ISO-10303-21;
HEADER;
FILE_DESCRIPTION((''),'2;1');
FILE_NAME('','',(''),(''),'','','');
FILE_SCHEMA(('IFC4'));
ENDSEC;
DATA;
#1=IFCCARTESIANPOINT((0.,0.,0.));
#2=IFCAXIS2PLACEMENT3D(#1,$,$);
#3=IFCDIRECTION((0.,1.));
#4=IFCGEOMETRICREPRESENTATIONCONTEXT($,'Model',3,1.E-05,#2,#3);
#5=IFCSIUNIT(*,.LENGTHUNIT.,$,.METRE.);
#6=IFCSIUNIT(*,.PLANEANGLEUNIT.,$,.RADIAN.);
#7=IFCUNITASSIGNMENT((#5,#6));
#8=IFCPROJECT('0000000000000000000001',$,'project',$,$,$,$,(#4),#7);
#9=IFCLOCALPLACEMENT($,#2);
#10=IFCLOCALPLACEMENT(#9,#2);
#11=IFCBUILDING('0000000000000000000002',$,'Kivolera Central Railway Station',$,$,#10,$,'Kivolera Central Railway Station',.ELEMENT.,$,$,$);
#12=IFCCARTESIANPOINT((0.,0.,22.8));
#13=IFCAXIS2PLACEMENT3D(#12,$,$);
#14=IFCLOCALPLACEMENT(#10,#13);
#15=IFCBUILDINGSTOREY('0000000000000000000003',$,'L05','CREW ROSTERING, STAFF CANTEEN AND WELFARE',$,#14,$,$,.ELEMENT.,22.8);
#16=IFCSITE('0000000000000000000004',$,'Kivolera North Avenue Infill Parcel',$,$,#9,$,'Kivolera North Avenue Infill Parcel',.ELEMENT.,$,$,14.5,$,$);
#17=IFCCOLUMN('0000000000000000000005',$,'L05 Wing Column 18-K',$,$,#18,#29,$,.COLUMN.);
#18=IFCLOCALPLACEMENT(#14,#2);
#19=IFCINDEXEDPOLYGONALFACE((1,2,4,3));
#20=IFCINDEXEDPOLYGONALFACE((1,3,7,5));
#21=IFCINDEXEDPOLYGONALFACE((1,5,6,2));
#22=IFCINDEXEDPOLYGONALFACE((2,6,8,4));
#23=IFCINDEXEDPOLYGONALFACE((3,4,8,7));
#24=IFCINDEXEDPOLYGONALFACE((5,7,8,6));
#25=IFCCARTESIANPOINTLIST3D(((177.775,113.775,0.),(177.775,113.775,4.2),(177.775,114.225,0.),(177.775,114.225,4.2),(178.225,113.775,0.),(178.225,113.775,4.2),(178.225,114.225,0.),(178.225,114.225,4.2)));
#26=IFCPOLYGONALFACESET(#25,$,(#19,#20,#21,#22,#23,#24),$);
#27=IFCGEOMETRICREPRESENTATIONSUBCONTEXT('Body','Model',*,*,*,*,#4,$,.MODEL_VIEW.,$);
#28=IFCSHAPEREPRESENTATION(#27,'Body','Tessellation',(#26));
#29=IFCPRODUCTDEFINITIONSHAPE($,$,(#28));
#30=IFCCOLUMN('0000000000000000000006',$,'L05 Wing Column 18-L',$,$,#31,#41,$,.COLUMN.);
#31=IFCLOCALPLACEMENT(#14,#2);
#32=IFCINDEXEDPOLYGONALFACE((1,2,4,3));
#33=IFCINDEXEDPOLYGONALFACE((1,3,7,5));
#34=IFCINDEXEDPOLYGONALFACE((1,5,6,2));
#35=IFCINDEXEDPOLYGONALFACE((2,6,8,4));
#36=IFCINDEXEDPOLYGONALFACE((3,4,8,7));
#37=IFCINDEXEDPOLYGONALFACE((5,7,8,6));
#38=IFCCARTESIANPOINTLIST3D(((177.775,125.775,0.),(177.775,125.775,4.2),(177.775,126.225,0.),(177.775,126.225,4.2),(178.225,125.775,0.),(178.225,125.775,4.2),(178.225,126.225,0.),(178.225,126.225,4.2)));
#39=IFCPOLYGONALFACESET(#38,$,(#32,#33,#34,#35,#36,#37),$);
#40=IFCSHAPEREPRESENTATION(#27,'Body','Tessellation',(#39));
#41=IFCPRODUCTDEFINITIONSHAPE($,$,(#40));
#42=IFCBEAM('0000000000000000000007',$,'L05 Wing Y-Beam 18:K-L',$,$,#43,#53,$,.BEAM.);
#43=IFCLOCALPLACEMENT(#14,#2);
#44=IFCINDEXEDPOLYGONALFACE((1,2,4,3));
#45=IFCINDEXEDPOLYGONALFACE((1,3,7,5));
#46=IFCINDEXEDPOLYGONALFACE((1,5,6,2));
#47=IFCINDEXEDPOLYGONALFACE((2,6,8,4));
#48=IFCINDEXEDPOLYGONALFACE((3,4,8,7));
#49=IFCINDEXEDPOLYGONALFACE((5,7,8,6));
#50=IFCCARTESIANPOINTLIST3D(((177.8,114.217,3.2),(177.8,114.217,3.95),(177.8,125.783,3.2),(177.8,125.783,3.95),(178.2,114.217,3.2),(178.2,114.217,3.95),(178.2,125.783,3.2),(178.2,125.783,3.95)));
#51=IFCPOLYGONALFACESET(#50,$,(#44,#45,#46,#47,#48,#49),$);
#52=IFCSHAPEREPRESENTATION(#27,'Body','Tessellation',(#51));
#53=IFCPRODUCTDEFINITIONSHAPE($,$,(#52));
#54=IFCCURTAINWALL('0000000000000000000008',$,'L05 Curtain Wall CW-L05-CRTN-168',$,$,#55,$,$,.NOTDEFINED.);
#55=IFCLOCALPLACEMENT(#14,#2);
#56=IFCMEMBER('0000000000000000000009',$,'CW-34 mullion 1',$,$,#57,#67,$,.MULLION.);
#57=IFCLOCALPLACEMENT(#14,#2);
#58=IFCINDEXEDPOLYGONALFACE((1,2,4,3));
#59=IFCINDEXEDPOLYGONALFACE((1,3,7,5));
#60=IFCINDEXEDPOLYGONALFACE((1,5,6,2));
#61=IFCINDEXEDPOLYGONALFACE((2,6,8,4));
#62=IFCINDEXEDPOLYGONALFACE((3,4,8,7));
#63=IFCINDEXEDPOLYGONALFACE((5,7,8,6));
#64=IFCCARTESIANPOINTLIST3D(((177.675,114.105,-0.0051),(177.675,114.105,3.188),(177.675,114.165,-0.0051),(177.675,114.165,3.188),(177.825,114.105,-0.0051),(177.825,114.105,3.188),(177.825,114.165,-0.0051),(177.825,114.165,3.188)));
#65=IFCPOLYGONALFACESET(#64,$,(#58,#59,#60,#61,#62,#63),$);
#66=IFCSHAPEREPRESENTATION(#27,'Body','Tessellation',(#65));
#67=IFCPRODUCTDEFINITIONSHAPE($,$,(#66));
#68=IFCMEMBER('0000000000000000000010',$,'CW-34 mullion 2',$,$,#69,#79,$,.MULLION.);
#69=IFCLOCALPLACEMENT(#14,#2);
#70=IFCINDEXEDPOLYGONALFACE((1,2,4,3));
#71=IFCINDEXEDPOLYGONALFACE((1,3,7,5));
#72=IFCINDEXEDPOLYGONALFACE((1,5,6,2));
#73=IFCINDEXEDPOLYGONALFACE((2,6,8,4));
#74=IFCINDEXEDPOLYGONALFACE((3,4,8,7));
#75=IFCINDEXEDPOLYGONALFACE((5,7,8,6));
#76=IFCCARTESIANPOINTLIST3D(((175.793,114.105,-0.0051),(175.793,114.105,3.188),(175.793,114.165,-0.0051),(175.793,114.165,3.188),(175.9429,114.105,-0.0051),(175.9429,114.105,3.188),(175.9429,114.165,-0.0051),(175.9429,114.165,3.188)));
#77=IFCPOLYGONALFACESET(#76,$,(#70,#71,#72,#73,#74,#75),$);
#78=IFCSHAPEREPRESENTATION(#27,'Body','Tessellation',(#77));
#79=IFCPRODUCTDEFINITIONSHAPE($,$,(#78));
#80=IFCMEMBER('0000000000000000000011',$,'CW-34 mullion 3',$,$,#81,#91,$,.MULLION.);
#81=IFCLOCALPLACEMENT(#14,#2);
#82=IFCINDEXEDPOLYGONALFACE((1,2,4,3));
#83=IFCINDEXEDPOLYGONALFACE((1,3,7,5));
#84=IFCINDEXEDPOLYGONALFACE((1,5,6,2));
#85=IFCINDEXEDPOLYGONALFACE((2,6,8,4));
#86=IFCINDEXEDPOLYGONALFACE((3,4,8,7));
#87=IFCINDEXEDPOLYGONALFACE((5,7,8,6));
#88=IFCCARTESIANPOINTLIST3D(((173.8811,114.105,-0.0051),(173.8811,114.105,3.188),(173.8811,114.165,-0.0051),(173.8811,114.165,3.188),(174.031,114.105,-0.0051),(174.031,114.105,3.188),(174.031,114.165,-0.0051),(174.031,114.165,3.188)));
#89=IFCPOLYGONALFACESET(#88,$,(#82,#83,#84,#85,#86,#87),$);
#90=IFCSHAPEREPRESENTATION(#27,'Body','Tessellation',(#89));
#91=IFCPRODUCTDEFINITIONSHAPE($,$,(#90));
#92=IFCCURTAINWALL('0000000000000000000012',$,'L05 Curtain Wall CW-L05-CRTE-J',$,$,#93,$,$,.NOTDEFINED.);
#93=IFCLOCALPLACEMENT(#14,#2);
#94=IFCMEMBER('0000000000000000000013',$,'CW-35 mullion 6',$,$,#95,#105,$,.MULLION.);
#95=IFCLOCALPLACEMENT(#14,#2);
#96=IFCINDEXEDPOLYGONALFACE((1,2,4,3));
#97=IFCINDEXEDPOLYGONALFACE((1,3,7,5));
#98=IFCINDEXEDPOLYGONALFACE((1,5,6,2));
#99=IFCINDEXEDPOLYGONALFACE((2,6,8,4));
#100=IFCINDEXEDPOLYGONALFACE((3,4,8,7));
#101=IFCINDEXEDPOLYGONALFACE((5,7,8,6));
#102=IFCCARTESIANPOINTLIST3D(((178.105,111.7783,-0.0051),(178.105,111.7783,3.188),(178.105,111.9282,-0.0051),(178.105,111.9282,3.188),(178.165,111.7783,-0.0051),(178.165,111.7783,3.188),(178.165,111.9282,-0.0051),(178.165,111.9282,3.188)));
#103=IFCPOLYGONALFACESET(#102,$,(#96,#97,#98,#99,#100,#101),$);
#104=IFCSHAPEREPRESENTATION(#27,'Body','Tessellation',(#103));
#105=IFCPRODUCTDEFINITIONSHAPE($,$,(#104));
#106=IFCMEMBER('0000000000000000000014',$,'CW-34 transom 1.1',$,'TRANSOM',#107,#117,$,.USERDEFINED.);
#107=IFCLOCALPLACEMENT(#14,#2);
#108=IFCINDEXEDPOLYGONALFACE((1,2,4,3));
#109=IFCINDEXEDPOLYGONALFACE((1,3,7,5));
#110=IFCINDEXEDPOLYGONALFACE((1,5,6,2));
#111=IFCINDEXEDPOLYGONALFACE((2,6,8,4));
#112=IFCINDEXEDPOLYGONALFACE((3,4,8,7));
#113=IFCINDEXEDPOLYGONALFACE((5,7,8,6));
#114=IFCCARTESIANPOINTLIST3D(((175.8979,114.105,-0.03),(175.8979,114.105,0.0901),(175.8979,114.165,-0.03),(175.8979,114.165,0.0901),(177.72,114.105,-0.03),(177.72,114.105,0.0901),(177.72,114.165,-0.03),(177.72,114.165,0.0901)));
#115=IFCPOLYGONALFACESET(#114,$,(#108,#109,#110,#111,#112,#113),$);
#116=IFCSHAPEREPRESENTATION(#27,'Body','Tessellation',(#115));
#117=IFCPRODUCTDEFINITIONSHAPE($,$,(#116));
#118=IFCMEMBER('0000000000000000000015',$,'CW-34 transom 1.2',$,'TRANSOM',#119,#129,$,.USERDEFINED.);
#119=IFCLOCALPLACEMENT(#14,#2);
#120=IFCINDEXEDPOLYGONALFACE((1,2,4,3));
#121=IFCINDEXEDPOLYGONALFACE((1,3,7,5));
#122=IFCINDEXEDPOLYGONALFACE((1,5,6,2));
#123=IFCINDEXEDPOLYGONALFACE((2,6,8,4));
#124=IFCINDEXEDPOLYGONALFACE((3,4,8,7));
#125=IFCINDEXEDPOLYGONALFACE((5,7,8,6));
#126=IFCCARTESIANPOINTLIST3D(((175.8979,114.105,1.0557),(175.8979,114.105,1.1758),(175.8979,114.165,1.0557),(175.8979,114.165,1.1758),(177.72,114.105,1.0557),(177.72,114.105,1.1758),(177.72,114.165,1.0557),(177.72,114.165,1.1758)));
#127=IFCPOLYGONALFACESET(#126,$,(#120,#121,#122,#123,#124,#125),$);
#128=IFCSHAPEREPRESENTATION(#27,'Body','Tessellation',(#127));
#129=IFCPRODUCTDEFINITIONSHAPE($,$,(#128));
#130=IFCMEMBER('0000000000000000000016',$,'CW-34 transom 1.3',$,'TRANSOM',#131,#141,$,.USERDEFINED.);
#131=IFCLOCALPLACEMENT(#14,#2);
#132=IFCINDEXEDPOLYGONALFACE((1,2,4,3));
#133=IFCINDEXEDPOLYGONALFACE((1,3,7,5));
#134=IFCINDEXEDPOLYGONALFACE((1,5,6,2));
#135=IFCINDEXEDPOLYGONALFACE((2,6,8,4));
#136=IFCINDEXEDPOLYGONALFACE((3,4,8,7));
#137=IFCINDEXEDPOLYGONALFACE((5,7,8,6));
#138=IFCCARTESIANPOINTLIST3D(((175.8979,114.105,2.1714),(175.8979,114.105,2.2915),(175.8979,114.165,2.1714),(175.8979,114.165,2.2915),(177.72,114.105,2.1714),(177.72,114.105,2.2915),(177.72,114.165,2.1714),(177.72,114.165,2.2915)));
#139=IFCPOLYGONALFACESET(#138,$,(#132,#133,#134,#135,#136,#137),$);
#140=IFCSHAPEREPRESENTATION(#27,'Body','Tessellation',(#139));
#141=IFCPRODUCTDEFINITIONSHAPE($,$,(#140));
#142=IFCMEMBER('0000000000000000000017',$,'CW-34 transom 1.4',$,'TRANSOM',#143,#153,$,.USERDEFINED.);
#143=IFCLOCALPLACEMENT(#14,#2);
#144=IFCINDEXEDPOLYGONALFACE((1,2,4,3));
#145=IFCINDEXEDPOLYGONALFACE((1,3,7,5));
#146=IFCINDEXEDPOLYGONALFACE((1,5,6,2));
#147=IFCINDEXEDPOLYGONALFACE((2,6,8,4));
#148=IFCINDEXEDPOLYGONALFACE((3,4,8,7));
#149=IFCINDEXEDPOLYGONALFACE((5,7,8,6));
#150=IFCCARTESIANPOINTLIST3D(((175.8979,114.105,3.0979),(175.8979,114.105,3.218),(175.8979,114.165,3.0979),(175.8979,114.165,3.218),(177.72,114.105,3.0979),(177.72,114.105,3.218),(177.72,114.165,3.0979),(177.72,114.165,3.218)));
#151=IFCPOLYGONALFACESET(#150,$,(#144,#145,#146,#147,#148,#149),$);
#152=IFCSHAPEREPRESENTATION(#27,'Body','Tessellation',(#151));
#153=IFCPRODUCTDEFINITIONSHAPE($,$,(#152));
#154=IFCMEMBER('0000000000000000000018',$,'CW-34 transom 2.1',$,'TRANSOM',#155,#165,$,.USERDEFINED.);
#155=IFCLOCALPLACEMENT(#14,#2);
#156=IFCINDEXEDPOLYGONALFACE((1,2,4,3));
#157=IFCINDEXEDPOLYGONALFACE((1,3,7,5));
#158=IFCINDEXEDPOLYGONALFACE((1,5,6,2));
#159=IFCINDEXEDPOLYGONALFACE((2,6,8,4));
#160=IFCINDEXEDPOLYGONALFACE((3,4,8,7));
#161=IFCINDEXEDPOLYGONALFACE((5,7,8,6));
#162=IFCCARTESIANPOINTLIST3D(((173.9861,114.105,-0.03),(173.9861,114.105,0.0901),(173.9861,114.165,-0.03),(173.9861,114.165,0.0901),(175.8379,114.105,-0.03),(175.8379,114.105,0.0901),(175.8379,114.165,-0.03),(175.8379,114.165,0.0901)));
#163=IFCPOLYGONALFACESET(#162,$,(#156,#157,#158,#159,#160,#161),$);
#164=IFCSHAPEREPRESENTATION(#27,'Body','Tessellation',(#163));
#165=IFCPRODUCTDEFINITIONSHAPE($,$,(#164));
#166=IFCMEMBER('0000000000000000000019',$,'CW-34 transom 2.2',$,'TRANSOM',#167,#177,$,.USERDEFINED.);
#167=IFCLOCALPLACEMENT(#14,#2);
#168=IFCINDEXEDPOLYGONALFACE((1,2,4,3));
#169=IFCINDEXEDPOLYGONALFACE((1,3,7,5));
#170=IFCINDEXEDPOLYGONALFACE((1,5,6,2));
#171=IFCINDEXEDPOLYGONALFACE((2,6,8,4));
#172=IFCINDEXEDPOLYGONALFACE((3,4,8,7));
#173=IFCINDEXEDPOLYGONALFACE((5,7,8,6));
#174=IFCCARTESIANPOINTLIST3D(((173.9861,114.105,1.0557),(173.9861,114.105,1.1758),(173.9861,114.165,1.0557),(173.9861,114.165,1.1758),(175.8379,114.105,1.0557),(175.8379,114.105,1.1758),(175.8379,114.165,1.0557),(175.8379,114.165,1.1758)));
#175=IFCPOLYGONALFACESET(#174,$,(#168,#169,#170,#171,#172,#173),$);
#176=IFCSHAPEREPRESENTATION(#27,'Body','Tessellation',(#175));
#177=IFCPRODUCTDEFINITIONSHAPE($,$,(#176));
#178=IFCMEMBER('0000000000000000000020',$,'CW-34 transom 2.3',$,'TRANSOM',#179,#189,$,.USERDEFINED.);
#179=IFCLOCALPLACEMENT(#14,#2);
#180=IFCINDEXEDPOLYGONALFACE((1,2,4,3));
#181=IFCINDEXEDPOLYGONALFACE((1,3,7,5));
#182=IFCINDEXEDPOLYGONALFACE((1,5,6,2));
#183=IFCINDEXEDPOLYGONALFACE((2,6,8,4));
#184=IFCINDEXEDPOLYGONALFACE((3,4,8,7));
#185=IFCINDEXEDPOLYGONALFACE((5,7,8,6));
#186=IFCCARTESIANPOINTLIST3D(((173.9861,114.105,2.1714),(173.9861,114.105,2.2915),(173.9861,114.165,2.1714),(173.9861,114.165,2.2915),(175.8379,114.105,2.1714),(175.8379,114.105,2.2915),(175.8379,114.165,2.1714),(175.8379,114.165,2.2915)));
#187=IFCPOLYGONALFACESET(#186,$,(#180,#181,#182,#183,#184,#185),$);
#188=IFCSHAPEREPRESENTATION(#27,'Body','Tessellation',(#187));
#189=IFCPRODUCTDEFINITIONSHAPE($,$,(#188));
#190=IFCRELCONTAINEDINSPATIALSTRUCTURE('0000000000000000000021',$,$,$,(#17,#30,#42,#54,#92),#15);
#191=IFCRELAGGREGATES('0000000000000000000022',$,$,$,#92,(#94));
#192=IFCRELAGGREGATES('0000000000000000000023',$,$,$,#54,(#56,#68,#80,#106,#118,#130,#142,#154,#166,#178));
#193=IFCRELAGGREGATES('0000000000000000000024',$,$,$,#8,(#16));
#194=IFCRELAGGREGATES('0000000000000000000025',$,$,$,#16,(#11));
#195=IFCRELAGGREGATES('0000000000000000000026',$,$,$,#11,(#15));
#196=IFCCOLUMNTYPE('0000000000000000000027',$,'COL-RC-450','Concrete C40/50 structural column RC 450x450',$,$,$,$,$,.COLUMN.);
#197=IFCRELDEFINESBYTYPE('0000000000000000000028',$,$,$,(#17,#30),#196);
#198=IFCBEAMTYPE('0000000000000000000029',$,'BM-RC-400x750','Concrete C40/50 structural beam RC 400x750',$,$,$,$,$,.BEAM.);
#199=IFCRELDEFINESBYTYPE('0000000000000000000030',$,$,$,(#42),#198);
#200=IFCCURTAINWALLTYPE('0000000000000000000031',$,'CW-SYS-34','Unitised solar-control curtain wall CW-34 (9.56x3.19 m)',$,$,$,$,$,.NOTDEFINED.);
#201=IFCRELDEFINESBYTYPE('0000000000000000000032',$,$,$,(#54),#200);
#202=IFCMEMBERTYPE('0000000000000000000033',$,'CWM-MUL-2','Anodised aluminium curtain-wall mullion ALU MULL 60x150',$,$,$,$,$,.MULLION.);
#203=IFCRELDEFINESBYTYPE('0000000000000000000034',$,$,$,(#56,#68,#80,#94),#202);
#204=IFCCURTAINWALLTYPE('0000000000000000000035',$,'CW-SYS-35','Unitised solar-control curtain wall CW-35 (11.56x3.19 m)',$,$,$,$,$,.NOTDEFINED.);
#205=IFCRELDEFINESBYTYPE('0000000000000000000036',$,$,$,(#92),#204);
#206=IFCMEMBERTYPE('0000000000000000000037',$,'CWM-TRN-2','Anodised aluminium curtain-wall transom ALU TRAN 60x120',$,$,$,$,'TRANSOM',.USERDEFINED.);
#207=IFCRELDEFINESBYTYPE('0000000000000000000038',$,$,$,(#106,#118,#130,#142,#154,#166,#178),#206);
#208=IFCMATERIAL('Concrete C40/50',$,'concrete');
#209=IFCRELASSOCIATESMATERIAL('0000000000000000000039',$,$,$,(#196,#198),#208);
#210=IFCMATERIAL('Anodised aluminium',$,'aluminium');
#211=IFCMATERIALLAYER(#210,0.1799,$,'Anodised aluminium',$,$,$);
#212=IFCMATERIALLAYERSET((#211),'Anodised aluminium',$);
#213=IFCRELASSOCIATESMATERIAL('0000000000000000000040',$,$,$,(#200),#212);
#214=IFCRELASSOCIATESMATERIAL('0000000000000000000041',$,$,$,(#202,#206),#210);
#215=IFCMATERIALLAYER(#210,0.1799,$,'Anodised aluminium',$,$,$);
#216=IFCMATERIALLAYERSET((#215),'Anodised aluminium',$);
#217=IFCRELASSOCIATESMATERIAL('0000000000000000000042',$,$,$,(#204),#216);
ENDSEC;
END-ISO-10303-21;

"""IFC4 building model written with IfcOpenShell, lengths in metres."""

from ifc_helpers import new_model, si_unit, direction, frame, origin, origin_2d, place, context, subcontext, project, spatial, rectangle, extrude, material, layer, layer_set, material_profile, profile_set, type_object, element, aggregate, save


model = new_model("IFC4")

# Units and contexts
model_context = context("Model", 3, precision=1e-05, world=origin(), true_north=direction((0.0, 1.0)))
body_context = subcontext(model_context, "Body", "Model", "MODEL_VIEW")
ifc_project = project(units=[si_unit("LENGTHUNIT", "METRE"), si_unit("PLANEANGLEUNIT", "RADIAN")], contexts=[model_context])

# Site, building, storey
site_placement = place(None, origin())
site = spatial("IfcSite", under=ifc_project, at=site_placement, Name="Kivolera North Avenue Infill Parcel", LongName="Kivolera North Avenue Infill Parcel", CompositionType="ELEMENT", RefElevation=14.5)
building_placement = place(site_placement, origin())
building = spatial("IfcBuilding", under=site, at=building_placement, Name="Kivolera Central Railway Station", LongName="Kivolera Central Railway Station", CompositionType="ELEMENT")
storey_placement = place(building_placement, frame((0.0, 0.0, 22.8)))
storey = spatial("IfcBuildingStorey", under=building, at=storey_placement, Name="L05", Description="CREW ROSTERING, STAFF CANTEEN AND WELFARE", CompositionType="ELEMENT", Elevation=22.8)

# Columns
ifc_material_1 = material(Name="Concrete C40/50", Category="concrete")
ifc_material_profile_1 = material_profile(ifc_material_1, rectangle(XDim=0.45, YDim=0.45, at=origin_2d()), Name="RC 450x450")
ifc_profile_set_1 = profile_set([ifc_material_profile_1], Name="Concrete C40/50")
column_type = type_object("IfcColumnType", Name="COL-RC-450", Description="Concrete C40/50 structural column RC 450x450", PredefinedType="COLUMN", material=ifc_profile_set_1)
for number, where, z_axis, x_axis, name in (
    (1, (178.0, 114.0, 0.0), (0.0, 0.0, 1.0), (1.0, 0.0, 0.0), "L05 Wing Column 18-K"),
    (2, (178.0, 126.0, 0.0), (0.0, 0.0, 1.0), (1.0, 0.0, 0.0), "L05 Wing Column 18-L"),
):
    element("IfcColumn", number, at=place(storey_placement, frame(where, z_axis=z_axis, x_axis=x_axis)), inside=storey, type_object=column_type, Name=name, PredefinedType="COLUMN", context=body_context, shape_type="SweptSolid", body=[
        extrude(rectangle(XDim=0.45, YDim=0.45, at=origin_2d()), origin(), (0.0, 0.0, 1.0), 4.2),
    ])

# Beam
ifc_material_profile_2 = material_profile(ifc_material_1, rectangle(XDim=0.3999, YDim=0.75, at=origin_2d()), Name="RC 400x750")
ifc_profile_set_2 = profile_set([ifc_material_profile_2], Name="Concrete C40/50")
beam_type = type_object("IfcBeamType", Name="BM-RC-400x750", Description="Concrete C40/50 structural beam RC 400x750", PredefinedType="BEAM", material=ifc_profile_set_2)
beam_placement = place(storey_placement, frame((178.0, 114.217, 3.575), z_axis=(0.0, 1.0, 0.0), x_axis=(-1.0, 0.0, 0.0)))
element("IfcBeam", 3, at=beam_placement, inside=storey, type_object=beam_type, Name="L05 Wing Y-Beam 18:K-L", PredefinedType="BEAM", context=body_context, shape_type="SweptSolid", body=[
    extrude(rectangle(XDim=0.3999, YDim=0.75, at=origin_2d()), origin(), (0.0, 0.0, 1.0), 11.5659),
])

# Curtain wall, members
ifc_material_2 = material(Name="Anodised aluminium", Category="aluminium")
ifc_layer_1 = layer(ifc_material_2, 0.1799, Name="Anodised aluminium")
ifc_layer_set_1 = layer_set([ifc_layer_1], Name="Anodised aluminium")
curtain_wall_type_1 = type_object("IfcCurtainWallType", Name="CW-SYS-34", Description="Unitised solar-control curtain wall CW-34 (9.56x3.19 m)", PredefinedType="NOTDEFINED", material=ifc_layer_set_1)
curtain_wall_1_placement = place(storey_placement, origin())
curtain_wall_1 = element("IfcCurtainWall", 4, at=curtain_wall_1_placement, inside=storey, type_object=curtain_wall_type_1, Name="L05 Curtain Wall CW-L05-CRTN-168", PredefinedType="NOTDEFINED")
ifc_material_profile_3 = material_profile(ifc_material_2, rectangle(XDim=0.0601, YDim=0.1499, at=origin_2d()), Name="ALU MULL 60x150")
ifc_profile_set_3 = profile_set([ifc_material_profile_3], Name="Anodised aluminium")
member_type_1 = type_object("IfcMemberType", Name="CWM-MUL-2", Description="Anodised aluminium curtain-wall mullion ALU MULL 60x150", PredefinedType="MULLION", material=ifc_profile_set_3)
member_1_placement = place(storey_placement, frame((177.75, 114.135, -0.0051), z_axis=(0.0, 0.0, 1.0), x_axis=(0.0, -1.0, 0.0)))
member_1 = element("IfcMember", 5, at=member_1_placement, type_object=member_type_1, Name="CW-34 mullion 1", PredefinedType="MULLION", context=body_context, shape_type="SweptSolid", body=[
    extrude(rectangle(XDim=0.0601, YDim=0.1499, at=origin_2d()), origin(), (0.0, 0.0, 1.0), 3.1931),
])
member_2_placement = place(storey_placement, frame((175.8679, 114.135, -0.0051), z_axis=(0.0, 0.0, 1.0), x_axis=(0.0, -1.0, 0.0)))
member_2 = element("IfcMember", 6, at=member_2_placement, type_object=member_type_1, Name="CW-34 mullion 2", PredefinedType="MULLION", context=body_context, shape_type="SweptSolid", body=[
    extrude(rectangle(XDim=0.0601, YDim=0.1499, at=origin_2d()), origin(), (0.0, 0.0, 1.0), 3.1931),
])
member_3_placement = place(storey_placement, frame((173.9561, 114.135, -0.0051), z_axis=(0.0, 0.0, 1.0), x_axis=(0.0, -1.0, 0.0)))
member_3 = element("IfcMember", 7, at=member_3_placement, type_object=member_type_1, Name="CW-34 mullion 3", PredefinedType="MULLION", context=body_context, shape_type="SweptSolid", body=[
    extrude(rectangle(XDim=0.0601, YDim=0.1499, at=origin_2d()), origin(), (0.0, 0.0, 1.0), 3.1931),
])

# Curtain wall, member
ifc_layer_2 = layer(ifc_material_2, 0.1799, Name="Anodised aluminium")
ifc_layer_set_2 = layer_set([ifc_layer_2], Name="Anodised aluminium")
curtain_wall_type_2 = type_object("IfcCurtainWallType", Name="CW-SYS-35", Description="Unitised solar-control curtain wall CW-35 (11.56x3.19 m)", PredefinedType="NOTDEFINED", material=ifc_layer_set_2)
curtain_wall_2_placement = place(storey_placement, origin())
curtain_wall_2 = element("IfcCurtainWall", 8, at=curtain_wall_2_placement, inside=storey, type_object=curtain_wall_type_2, Name="L05 Curtain Wall CW-L05-CRTE-J", PredefinedType="NOTDEFINED")
member_4_placement = place(storey_placement, frame((178.135, 111.8533, -0.0051), z_axis=(0.0, 0.0, 1.0), x_axis=(-1.0, 0.0, 0.0)))
member_4 = element("IfcMember", 9, at=member_4_placement, type_object=member_type_1, Name="CW-35 mullion 6", PredefinedType="MULLION", context=body_context, shape_type="SweptSolid", body=[
    extrude(rectangle(XDim=0.0601, YDim=0.1499, at=origin_2d()), origin(), (0.0, 0.0, 1.0), 3.1931),
])
aggregate(curtain_wall_2, [member_4])

# Members
ifc_material_profile_4 = material_profile(ifc_material_2, rectangle(XDim=0.0601, YDim=0.1201, at=origin_2d()), Name="ALU TRAN 60x120")
ifc_profile_set_4 = profile_set([ifc_material_profile_4], Name="Anodised aluminium")
member_type_2 = type_object("IfcMemberType", Name="CWM-TRN-2", Description="Anodised aluminium curtain-wall transom ALU TRAN 60x120", ElementType="TRANSOM", PredefinedType="USERDEFINED", material=ifc_profile_set_4)
member_5_placement = place(storey_placement, frame((177.72, 114.135, 0.03), z_axis=(-1.0, 0.0, 0.0), x_axis=(0.0, -1.0, 0.0)))
member_5 = element("IfcMember", 10, at=member_5_placement, type_object=member_type_2, Name="CW-34 transom 1.1", ObjectType="TRANSOM", PredefinedType="USERDEFINED", context=body_context, shape_type="SweptSolid", body=[
    extrude(rectangle(XDim=0.0601, YDim=0.1201, at=origin_2d()), origin(), (0.0, 0.0, 1.0), 1.822),
])
member_6_placement = place(storey_placement, frame((177.72, 114.135, 1.1157), z_axis=(-1.0, 0.0, 0.0), x_axis=(0.0, -1.0, 0.0)))
member_6 = element("IfcMember", 11, at=member_6_placement, type_object=member_type_2, Name="CW-34 transom 1.2", ObjectType="TRANSOM", PredefinedType="USERDEFINED", context=body_context, shape_type="SweptSolid", body=[
    extrude(rectangle(XDim=0.0601, YDim=0.1201, at=origin_2d()), origin(), (0.0, 0.0, 1.0), 1.822),
])
member_7_placement = place(storey_placement, frame((177.72, 114.135, 2.2314), z_axis=(-1.0, 0.0, 0.0), x_axis=(0.0, -1.0, 0.0)))
member_7 = element("IfcMember", 12, at=member_7_placement, type_object=member_type_2, Name="CW-34 transom 1.3", ObjectType="TRANSOM", PredefinedType="USERDEFINED", context=body_context, shape_type="SweptSolid", body=[
    extrude(rectangle(XDim=0.0601, YDim=0.1201, at=origin_2d()), origin(), (0.0, 0.0, 1.0), 1.822),
])
member_8_placement = place(storey_placement, frame((177.72, 114.135, 3.158), z_axis=(-1.0, 0.0, 0.0), x_axis=(0.0, -1.0, 0.0)))
member_8 = element("IfcMember", 13, at=member_8_placement, type_object=member_type_2, Name="CW-34 transom 1.4", ObjectType="TRANSOM", PredefinedType="USERDEFINED", context=body_context, shape_type="SweptSolid", body=[
    extrude(rectangle(XDim=0.0601, YDim=0.1201, at=origin_2d()), origin(), (0.0, 0.0, 1.0), 1.822),
])
member_9_placement = place(storey_placement, frame((175.8379, 114.135, 0.03), z_axis=(-1.0, 0.0, 0.0), x_axis=(0.0, -1.0, 0.0)))
member_9 = element("IfcMember", 14, at=member_9_placement, type_object=member_type_2, Name="CW-34 transom 2.1", ObjectType="TRANSOM", PredefinedType="USERDEFINED", context=body_context, shape_type="SweptSolid", body=[
    extrude(rectangle(XDim=0.0601, YDim=0.1201, at=origin_2d()), origin(), (0.0, 0.0, 1.0), 1.8518),
])
member_10_placement = place(storey_placement, frame((175.8379, 114.135, 1.1157), z_axis=(-1.0, 0.0, 0.0), x_axis=(0.0, -1.0, 0.0)))
member_10 = element("IfcMember", 15, at=member_10_placement, type_object=member_type_2, Name="CW-34 transom 2.2", ObjectType="TRANSOM", PredefinedType="USERDEFINED", context=body_context, shape_type="SweptSolid", body=[
    extrude(rectangle(XDim=0.0601, YDim=0.1201, at=origin_2d()), origin(), (0.0, 0.0, 1.0), 1.8518),
])
member_11_placement = place(storey_placement, frame((175.8379, 114.135, 2.2314), z_axis=(-1.0, 0.0, 0.0), x_axis=(0.0, -1.0, 0.0)))
member_11 = element("IfcMember", 16, at=member_11_placement, type_object=member_type_2, Name="CW-34 transom 2.3", ObjectType="TRANSOM", PredefinedType="USERDEFINED", context=body_context, shape_type="SweptSolid", body=[
    extrude(rectangle(XDim=0.0601, YDim=0.1201, at=origin_2d()), origin(), (0.0, 0.0, 1.0), 1.8518),
])

aggregate(curtain_wall_1, [member_1, member_2, member_3, member_5, member_6, member_7, member_8, member_9, member_10, member_11])

save(model, "model.ifc")
